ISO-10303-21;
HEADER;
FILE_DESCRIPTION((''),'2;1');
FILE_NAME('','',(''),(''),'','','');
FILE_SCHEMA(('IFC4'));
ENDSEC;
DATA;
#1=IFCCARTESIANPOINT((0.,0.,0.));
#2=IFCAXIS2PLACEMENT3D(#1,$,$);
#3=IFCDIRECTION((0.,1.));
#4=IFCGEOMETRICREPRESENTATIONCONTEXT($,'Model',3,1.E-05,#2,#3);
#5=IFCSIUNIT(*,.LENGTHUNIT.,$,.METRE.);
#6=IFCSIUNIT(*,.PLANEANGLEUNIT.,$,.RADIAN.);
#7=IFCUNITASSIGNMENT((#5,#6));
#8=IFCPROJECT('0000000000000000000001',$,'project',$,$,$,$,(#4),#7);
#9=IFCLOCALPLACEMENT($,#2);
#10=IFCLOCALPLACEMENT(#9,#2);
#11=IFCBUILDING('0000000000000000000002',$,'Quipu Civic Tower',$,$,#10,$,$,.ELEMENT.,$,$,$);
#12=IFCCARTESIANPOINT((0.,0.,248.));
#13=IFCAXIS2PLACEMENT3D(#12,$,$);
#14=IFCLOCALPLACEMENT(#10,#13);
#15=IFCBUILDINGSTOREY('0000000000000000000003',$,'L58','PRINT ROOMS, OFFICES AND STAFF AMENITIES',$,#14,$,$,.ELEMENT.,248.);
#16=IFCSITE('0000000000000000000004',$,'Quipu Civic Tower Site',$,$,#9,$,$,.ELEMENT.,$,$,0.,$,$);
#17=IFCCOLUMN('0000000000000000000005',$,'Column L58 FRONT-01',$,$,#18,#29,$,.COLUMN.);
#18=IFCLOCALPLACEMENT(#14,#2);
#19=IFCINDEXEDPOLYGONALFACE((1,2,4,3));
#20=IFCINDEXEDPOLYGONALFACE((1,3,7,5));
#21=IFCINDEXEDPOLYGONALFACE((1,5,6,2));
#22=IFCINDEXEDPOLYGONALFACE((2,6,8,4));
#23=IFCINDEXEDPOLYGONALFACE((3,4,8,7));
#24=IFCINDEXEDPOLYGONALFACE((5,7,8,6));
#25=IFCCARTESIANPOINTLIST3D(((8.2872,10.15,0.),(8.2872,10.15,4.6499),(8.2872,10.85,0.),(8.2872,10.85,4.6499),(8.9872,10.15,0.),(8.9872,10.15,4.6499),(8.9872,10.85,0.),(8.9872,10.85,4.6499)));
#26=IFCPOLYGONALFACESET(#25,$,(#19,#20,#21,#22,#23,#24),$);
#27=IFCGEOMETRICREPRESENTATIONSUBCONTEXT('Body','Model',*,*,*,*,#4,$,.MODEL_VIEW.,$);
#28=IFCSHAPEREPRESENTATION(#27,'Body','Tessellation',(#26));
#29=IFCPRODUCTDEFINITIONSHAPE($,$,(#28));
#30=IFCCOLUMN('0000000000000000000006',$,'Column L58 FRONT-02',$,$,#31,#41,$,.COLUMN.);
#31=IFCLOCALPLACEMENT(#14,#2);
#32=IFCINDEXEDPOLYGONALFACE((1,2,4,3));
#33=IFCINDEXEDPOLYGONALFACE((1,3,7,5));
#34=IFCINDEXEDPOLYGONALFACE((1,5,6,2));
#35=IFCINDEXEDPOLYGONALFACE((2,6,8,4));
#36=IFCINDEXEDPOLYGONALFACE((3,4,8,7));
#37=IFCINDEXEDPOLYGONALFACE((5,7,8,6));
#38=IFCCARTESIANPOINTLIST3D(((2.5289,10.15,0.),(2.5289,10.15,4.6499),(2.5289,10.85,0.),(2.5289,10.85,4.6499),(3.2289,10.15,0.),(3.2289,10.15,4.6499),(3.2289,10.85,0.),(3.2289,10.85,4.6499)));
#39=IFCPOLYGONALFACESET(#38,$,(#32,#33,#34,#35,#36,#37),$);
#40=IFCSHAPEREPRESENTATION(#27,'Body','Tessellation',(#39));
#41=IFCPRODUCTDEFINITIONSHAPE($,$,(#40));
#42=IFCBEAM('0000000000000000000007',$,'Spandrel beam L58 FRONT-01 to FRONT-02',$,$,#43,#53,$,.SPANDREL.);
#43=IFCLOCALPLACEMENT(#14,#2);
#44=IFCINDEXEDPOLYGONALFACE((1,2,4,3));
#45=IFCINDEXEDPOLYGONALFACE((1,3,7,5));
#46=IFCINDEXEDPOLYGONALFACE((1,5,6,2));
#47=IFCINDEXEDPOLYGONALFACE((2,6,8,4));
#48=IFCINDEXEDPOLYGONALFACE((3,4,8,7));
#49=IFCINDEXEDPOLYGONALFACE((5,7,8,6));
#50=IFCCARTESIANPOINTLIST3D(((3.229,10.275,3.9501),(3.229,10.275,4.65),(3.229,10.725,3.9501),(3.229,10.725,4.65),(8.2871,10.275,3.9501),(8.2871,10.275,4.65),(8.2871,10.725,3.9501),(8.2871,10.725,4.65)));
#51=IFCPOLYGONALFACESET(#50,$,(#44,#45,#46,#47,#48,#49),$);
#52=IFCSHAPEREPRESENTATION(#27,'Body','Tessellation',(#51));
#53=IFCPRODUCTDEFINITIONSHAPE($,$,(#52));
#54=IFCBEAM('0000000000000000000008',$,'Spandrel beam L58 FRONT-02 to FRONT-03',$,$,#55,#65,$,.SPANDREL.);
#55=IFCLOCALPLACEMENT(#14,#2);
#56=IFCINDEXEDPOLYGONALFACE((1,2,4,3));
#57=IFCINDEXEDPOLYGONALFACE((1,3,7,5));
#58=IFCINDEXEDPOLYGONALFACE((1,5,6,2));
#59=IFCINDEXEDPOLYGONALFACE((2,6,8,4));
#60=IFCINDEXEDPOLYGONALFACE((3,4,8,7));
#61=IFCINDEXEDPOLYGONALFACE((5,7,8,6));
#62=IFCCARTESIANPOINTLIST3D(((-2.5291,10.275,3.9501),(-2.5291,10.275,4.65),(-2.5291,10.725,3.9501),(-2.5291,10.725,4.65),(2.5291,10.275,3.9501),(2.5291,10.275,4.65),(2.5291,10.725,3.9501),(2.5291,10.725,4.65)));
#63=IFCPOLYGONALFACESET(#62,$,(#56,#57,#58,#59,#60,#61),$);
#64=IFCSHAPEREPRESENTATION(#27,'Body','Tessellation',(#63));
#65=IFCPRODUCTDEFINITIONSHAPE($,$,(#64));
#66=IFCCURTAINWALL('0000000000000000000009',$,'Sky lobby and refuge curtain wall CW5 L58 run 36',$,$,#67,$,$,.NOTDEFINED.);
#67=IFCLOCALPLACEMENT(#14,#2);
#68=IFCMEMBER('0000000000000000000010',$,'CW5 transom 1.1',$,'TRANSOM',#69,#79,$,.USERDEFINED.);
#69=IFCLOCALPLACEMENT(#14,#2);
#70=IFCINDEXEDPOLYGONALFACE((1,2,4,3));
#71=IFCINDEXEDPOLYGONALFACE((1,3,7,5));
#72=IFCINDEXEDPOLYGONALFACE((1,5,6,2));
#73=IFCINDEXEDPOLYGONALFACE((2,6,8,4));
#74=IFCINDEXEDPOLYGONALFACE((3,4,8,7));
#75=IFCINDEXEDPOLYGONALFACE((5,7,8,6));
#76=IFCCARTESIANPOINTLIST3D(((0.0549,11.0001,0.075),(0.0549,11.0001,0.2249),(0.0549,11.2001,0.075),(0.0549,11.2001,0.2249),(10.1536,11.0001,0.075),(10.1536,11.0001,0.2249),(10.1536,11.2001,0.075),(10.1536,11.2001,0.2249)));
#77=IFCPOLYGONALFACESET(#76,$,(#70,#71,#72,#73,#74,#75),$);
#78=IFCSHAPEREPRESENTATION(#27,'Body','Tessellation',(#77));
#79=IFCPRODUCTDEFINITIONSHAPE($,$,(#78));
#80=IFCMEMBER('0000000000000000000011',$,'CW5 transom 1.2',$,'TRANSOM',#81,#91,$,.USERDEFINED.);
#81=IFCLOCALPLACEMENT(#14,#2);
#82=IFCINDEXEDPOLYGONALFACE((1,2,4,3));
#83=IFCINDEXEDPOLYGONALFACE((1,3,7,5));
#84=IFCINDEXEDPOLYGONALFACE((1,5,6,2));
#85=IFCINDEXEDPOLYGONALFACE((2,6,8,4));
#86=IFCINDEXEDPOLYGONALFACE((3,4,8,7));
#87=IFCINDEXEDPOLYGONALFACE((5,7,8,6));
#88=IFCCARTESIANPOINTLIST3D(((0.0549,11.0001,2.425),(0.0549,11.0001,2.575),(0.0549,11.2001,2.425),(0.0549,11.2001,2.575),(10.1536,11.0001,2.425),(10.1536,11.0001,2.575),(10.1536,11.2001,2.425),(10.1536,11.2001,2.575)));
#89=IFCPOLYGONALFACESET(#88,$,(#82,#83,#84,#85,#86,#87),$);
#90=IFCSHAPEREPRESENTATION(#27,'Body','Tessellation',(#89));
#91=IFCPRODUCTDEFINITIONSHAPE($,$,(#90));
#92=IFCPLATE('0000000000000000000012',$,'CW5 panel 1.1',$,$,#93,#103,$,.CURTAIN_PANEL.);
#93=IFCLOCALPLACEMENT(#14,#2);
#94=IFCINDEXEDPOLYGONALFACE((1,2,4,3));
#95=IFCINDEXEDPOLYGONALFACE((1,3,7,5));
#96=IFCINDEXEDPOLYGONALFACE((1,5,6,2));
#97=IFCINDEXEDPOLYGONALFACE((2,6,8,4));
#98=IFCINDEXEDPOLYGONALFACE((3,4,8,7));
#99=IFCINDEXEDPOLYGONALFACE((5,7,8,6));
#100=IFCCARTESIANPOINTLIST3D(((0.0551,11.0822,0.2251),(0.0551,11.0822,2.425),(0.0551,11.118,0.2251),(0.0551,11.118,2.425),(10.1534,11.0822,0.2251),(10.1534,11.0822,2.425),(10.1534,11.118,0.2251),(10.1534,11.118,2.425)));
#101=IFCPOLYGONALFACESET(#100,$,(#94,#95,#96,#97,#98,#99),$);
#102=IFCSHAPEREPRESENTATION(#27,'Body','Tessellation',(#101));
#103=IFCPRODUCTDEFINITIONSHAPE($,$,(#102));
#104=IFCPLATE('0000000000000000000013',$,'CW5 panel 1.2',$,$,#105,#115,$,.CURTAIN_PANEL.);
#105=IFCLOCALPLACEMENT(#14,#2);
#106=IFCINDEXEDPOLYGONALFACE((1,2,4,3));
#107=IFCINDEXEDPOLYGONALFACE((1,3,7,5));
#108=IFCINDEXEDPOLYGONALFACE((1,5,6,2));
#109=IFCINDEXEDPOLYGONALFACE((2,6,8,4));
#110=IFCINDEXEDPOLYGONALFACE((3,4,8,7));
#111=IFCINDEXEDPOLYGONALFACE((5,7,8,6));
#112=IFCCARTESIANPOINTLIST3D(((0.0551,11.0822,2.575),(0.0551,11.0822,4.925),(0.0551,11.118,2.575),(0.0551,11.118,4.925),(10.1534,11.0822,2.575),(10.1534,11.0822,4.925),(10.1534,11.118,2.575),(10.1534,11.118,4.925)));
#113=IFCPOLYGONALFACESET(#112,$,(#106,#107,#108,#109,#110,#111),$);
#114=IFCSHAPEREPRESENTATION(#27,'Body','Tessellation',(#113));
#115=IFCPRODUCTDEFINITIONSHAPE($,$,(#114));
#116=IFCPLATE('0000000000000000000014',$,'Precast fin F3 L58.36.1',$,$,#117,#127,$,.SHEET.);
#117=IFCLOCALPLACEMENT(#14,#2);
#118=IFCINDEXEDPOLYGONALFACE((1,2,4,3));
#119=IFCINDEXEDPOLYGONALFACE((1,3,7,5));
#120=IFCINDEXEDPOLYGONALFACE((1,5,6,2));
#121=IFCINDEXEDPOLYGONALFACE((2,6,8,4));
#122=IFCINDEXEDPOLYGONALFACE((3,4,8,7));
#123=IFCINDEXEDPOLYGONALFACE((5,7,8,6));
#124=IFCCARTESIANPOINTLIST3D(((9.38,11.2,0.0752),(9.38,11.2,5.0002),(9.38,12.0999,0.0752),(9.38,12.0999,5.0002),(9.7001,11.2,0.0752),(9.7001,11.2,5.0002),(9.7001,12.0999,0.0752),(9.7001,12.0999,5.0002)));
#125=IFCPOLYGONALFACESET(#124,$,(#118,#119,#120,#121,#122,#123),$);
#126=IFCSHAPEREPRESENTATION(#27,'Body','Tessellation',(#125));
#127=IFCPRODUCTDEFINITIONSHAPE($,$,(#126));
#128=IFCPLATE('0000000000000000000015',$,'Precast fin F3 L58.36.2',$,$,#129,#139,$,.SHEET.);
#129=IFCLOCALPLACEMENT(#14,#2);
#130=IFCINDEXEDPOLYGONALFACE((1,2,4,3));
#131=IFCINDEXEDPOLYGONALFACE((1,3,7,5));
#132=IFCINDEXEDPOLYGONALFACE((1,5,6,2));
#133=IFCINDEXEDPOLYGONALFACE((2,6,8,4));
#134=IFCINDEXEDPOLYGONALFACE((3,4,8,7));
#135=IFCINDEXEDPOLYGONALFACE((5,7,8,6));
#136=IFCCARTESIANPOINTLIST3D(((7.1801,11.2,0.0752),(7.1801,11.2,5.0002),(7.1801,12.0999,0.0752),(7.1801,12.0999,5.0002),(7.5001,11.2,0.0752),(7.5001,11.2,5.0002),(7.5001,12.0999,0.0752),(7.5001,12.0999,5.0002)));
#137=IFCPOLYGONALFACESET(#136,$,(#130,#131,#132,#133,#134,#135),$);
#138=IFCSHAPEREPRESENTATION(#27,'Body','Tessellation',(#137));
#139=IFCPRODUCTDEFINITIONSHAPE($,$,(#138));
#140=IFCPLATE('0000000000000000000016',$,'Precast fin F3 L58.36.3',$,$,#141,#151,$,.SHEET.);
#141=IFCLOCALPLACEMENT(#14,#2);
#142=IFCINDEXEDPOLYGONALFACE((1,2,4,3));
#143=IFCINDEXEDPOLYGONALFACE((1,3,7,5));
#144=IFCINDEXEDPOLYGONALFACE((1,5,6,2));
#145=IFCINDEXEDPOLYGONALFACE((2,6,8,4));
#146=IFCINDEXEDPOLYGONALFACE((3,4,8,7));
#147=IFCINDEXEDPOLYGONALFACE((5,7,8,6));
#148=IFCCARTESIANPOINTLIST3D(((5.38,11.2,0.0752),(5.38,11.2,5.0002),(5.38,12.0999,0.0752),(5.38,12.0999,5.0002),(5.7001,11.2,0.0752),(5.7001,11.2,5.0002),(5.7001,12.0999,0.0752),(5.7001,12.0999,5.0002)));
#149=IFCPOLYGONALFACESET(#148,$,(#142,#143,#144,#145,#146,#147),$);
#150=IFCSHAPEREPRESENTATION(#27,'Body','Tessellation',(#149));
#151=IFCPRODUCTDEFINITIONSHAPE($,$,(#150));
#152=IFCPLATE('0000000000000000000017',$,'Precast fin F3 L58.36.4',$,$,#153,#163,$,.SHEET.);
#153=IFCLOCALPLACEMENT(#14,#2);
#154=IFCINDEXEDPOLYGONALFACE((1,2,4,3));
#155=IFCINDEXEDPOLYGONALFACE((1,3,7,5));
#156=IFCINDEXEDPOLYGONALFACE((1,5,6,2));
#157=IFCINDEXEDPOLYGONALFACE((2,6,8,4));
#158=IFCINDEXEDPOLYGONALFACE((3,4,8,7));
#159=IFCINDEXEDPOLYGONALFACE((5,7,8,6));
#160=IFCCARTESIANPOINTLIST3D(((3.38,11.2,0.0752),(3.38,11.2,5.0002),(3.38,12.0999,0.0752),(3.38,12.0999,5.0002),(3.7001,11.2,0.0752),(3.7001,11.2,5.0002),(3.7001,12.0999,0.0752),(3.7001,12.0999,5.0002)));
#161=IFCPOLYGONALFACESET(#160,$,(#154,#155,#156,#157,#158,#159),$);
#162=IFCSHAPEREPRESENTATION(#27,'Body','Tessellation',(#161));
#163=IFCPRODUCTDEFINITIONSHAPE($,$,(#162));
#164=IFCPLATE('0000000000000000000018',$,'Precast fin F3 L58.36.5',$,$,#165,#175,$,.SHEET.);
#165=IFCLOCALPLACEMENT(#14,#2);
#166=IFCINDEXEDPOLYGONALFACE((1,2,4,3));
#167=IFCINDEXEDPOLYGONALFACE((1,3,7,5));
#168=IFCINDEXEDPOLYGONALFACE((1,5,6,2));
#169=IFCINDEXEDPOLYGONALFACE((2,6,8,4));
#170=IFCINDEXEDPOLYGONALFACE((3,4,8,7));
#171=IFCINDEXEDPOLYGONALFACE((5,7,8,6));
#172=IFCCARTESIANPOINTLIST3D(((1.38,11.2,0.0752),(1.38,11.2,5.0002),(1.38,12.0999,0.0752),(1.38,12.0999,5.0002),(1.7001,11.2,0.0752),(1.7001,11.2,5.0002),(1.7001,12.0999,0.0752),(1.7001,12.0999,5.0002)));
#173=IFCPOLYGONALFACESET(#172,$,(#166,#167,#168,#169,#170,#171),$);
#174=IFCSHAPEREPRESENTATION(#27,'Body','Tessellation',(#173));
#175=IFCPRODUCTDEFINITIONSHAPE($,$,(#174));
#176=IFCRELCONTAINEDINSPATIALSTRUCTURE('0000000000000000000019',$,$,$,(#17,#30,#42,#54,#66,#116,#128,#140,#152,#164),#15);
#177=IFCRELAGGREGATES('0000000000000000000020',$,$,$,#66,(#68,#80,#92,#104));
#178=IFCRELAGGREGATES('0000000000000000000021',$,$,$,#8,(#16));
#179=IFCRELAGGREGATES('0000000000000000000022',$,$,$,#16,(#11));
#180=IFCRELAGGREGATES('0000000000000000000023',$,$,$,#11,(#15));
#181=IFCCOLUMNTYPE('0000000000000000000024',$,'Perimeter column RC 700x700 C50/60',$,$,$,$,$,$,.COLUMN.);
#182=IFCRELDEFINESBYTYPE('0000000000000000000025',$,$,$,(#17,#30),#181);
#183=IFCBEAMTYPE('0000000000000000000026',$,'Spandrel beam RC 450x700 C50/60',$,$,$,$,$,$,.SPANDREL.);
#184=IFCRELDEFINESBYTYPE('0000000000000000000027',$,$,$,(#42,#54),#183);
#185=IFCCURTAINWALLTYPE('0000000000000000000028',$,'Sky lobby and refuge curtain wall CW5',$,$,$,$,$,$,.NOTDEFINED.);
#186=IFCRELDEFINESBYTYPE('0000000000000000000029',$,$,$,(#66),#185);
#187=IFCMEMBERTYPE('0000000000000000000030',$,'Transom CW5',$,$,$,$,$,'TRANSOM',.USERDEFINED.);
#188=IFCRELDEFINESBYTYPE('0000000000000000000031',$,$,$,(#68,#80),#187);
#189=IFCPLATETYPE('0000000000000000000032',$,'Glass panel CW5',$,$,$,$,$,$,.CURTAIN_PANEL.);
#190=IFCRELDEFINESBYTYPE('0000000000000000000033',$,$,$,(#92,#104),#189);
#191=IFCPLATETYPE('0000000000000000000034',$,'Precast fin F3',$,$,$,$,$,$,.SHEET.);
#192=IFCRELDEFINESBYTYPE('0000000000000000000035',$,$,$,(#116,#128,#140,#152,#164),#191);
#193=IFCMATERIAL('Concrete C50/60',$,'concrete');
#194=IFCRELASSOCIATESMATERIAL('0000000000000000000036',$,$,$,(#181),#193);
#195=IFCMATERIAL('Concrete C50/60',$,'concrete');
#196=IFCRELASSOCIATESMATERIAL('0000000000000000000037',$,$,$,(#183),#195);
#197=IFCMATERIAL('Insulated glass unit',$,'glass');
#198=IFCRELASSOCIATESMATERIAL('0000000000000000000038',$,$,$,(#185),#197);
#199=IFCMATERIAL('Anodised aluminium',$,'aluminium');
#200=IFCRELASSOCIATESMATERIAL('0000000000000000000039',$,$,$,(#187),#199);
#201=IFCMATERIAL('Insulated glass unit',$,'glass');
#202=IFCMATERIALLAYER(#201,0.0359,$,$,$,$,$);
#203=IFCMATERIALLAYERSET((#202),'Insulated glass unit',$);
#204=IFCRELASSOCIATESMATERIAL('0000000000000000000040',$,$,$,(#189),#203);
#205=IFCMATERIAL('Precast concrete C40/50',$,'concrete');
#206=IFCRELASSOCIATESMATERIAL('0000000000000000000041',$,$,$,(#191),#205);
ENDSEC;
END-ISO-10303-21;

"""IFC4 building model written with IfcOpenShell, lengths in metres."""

from ifc_helpers import new_model, si_unit, direction, frame, origin, origin_2d, place, context, subcontext, project, spatial, rectangle, extrude, material, layer, layer_set, material_profile, profile_set, type_object, element, aggregate, save


model = new_model("IFC4")

# Units and contexts
model_context = context("Model", 3, precision=1e-05, world=origin(), true_north=direction((0.0, 1.0)))
body_context = subcontext(model_context, "Body", "Model", "MODEL_VIEW")
ifc_project = project(units=[si_unit("LENGTHUNIT", "METRE"), si_unit("PLANEANGLEUNIT", "RADIAN")], contexts=[model_context])

# Site, building, storey
site_placement = place(None, origin())
site = spatial("IfcSite", under=ifc_project, at=site_placement, Name="Quipu Civic Tower Site", CompositionType="ELEMENT", RefElevation=0.0)
building_placement = place(site_placement, origin())
building = spatial("IfcBuilding", under=site, at=building_placement, Name="Quipu Civic Tower", CompositionType="ELEMENT")
storey_placement = place(building_placement, frame((0.0, 0.0, 248.0)))
storey = spatial("IfcBuildingStorey", under=building, at=storey_placement, Name="L58", Description="PRINT ROOMS, OFFICES AND STAFF AMENITIES", CompositionType="ELEMENT", Elevation=248.0)

# Columns
ifc_material_1 = material(Name="Concrete C50/60", Category="concrete")
ifc_material_profile_1 = material_profile(ifc_material_1, rectangle(XDim=0.7, YDim=0.7, at=origin_2d()), Name="RC700x700")
ifc_profile_set_1 = profile_set([ifc_material_profile_1], Name="Concrete C50/60")
column_type = type_object("IfcColumnType", Name="Perimeter column RC 700x700 C50/60", PredefinedType="COLUMN", material=ifc_profile_set_1)
for number, where, z_axis, x_axis, name in (
    (1, (8.6372, 10.5, 0.0), (0.0, 0.0, 1.0), (-1.0, 0.0, 0.0), "Column L58 FRONT-01"),
    (2, (2.8789, 10.5, 0.0), (0.0, 0.0, 1.0), (-1.0, 0.0, 0.0), "Column L58 FRONT-02"),
):
    element("IfcColumn", number, at=place(storey_placement, frame(where, z_axis=z_axis, x_axis=x_axis)), inside=storey, type_object=column_type, Name=name, PredefinedType="COLUMN", context=body_context, shape_type="SweptSolid", body=[
        extrude(rectangle(XDim=0.7, YDim=0.7, at=origin_2d()), origin(), (0.0, 0.0, 1.0), 4.6499),
    ])

# Beams
ifc_material_2 = material(Name="Concrete C50/60", Category="concrete")
ifc_material_profile_2 = material_profile(ifc_material_2, rectangle(XDim=0.45, YDim=0.7, at=origin_2d()), Name="RC450x700")
ifc_profile_set_2 = profile_set([ifc_material_profile_2], Name="Concrete C50/60")
beam_type = type_object("IfcBeamType", Name="Spandrel beam RC 450x700 C50/60", PredefinedType="SPANDREL", material=ifc_profile_set_2)
for number, where, z_axis, x_axis, name in (
    (3, (8.2871, 10.5, 4.3), (-1.0, 0.0, 0.0), (0.0, -1.0, 0.0), "Spandrel beam L58 FRONT-01 to FRONT-02"),
    (4, (2.5291, 10.5, 4.3), (-1.0, 0.0, 0.0), (0.0, -1.0, 0.0), "Spandrel beam L58 FRONT-02 to FRONT-03"),
):
    element("IfcBeam", number, at=place(storey_placement, frame(where, z_axis=z_axis, x_axis=x_axis)), inside=storey, type_object=beam_type, Name=name, PredefinedType="SPANDREL", context=body_context, shape_type="SweptSolid", body=[
        extrude(rectangle(XDim=0.45, YDim=0.7, at=origin_2d()), origin(), (0.0, 0.0, 1.0), 5.0581),
    ])

# Curtain wall, members, plates
ifc_material_3 = material(Name="Insulated glass unit", Category="glass")
curtain_wall_type = type_object("IfcCurtainWallType", Name="Sky lobby and refuge curtain wall CW5", PredefinedType="NOTDEFINED", material=ifc_material_3)
curtain_wall_placement = place(storey_placement, origin())
curtain_wall = element("IfcCurtainWall", 5, at=curtain_wall_placement, inside=storey, type_object=curtain_wall_type, Name="Sky lobby and refuge curtain wall CW5 L58 run 36", PredefinedType="NOTDEFINED")
ifc_material_4 = material(Name="Anodised aluminium", Category="aluminium")
ifc_material_profile_3 = material_profile(ifc_material_4, rectangle(XDim=0.2, YDim=0.1499, at=origin_2d()), Name="RECT 200x150")
ifc_profile_set_3 = profile_set([ifc_material_profile_3], Name="Anodised aluminium")
member_type = type_object("IfcMemberType", Name="Transom CW5", ElementType="TRANSOM", PredefinedType="USERDEFINED", material=ifc_profile_set_3)
member_1_placement = place(storey_placement, frame((10.1536, 11.1001, 0.1499), z_axis=(-1.0, 0.0, 0.0), x_axis=(0.0, -1.0, 0.0)))
member_1 = element("IfcMember", 6, at=member_1_placement, type_object=member_type, Name="CW5 transom 1.1", ObjectType="TRANSOM", PredefinedType="USERDEFINED", context=body_context, shape_type="SweptSolid", body=[
    extrude(rectangle(XDim=0.2, YDim=0.1499, at=origin_2d()), origin(), (0.0, 0.0, 1.0), 10.0986),
])
member_2_placement = place(storey_placement, frame((10.1536, 11.1001, 2.5), z_axis=(-1.0, 0.0, 0.0), x_axis=(0.0, -1.0, 0.0)))
member_2 = element("IfcMember", 7, at=member_2_placement, type_object=member_type, Name="CW5 transom 1.2", ObjectType="TRANSOM", PredefinedType="USERDEFINED", context=body_context, shape_type="SweptSolid", body=[
    extrude(rectangle(XDim=0.2, YDim=0.1499, at=origin_2d()), origin(), (0.0, 0.0, 1.0), 10.0986),
])
ifc_material_5 = material(Name="Insulated glass unit", Category="glass")
ifc_layer_1 = layer(ifc_material_5, 0.0359)
ifc_layer_set_1 = layer_set([ifc_layer_1], Name="Insulated glass unit")
plate_type_1 = type_object("IfcPlateType", Name="Glass panel CW5", PredefinedType="CURTAIN_PANEL", material=ifc_layer_set_1)
plate_1_placement = place(storey_placement, frame((5.1042, 11.1001, 0.2251), z_axis=(0.0, 0.0, 1.0), x_axis=(-1.0, 0.0, 0.0)))
plate_1 = element("IfcPlate", 8, at=plate_1_placement, type_object=plate_type_1, Name="CW5 panel 1.1", PredefinedType="CURTAIN_PANEL", context=body_context, shape_type="SweptSolid", body=[
    extrude(rectangle(XDim=10.0984, YDim=0.0359, at=origin_2d()), origin(), (0.0, 0.0, 1.0), 2.2),
])
plate_2_placement = place(storey_placement, frame((5.1042, 11.1001, 2.575), z_axis=(0.0, 0.0, 1.0), x_axis=(-1.0, 0.0, 0.0)))
plate_2 = element("IfcPlate", 9, at=plate_2_placement, type_object=plate_type_1, Name="CW5 panel 1.2", PredefinedType="CURTAIN_PANEL", context=body_context, shape_type="SweptSolid", body=[
    extrude(rectangle(XDim=10.0984, YDim=0.0359, at=origin_2d()), origin(), (0.0, 0.0, 1.0), 2.3501),
])
aggregate(curtain_wall, [member_1, member_2, plate_1, plate_2])

# Plates
ifc_material_6 = material(Name="Precast concrete C40/50", Category="concrete")
plate_type_2 = type_object("IfcPlateType", Name="Precast fin F3", PredefinedType="SHEET", material=ifc_material_6)
for number, where, z_axis, x_axis, name in (
    (10, (9.54, 11.6499, 0.0752), (0.0, 0.0, 1.0), (-1.0, 0.0, 0.0), "Precast fin F3 L58.36.1"),
    (11, (7.3401, 11.6499, 0.0752), (0.0, 0.0, 1.0), (-1.0, 0.0, 0.0), "Precast fin F3 L58.36.2"),
    (12, (5.54, 11.6499, 0.0752), (0.0, 0.0, 1.0), (-1.0, 0.0, 0.0), "Precast fin F3 L58.36.3"),
    (13, (3.54, 11.6499, 0.0752), (0.0, 0.0, 1.0), (-1.0, 0.0, 0.0), "Precast fin F3 L58.36.4"),
    (14, (1.54, 11.6499, 0.0752), (0.0, 0.0, 1.0), (-1.0, 0.0, 0.0), "Precast fin F3 L58.36.5"),
):
    element("IfcPlate", number, at=place(storey_placement, frame(where, z_axis=z_axis, x_axis=x_axis)), inside=storey, type_object=plate_type_2, Name=name, PredefinedType="SHEET", context=body_context, shape_type="SweptSolid", body=[
        extrude(rectangle(XDim=0.3201, YDim=0.8999, at=origin_2d()), origin(), (0.0, 0.0, 1.0), 4.925),
    ])

save(model, "model.ifc")
